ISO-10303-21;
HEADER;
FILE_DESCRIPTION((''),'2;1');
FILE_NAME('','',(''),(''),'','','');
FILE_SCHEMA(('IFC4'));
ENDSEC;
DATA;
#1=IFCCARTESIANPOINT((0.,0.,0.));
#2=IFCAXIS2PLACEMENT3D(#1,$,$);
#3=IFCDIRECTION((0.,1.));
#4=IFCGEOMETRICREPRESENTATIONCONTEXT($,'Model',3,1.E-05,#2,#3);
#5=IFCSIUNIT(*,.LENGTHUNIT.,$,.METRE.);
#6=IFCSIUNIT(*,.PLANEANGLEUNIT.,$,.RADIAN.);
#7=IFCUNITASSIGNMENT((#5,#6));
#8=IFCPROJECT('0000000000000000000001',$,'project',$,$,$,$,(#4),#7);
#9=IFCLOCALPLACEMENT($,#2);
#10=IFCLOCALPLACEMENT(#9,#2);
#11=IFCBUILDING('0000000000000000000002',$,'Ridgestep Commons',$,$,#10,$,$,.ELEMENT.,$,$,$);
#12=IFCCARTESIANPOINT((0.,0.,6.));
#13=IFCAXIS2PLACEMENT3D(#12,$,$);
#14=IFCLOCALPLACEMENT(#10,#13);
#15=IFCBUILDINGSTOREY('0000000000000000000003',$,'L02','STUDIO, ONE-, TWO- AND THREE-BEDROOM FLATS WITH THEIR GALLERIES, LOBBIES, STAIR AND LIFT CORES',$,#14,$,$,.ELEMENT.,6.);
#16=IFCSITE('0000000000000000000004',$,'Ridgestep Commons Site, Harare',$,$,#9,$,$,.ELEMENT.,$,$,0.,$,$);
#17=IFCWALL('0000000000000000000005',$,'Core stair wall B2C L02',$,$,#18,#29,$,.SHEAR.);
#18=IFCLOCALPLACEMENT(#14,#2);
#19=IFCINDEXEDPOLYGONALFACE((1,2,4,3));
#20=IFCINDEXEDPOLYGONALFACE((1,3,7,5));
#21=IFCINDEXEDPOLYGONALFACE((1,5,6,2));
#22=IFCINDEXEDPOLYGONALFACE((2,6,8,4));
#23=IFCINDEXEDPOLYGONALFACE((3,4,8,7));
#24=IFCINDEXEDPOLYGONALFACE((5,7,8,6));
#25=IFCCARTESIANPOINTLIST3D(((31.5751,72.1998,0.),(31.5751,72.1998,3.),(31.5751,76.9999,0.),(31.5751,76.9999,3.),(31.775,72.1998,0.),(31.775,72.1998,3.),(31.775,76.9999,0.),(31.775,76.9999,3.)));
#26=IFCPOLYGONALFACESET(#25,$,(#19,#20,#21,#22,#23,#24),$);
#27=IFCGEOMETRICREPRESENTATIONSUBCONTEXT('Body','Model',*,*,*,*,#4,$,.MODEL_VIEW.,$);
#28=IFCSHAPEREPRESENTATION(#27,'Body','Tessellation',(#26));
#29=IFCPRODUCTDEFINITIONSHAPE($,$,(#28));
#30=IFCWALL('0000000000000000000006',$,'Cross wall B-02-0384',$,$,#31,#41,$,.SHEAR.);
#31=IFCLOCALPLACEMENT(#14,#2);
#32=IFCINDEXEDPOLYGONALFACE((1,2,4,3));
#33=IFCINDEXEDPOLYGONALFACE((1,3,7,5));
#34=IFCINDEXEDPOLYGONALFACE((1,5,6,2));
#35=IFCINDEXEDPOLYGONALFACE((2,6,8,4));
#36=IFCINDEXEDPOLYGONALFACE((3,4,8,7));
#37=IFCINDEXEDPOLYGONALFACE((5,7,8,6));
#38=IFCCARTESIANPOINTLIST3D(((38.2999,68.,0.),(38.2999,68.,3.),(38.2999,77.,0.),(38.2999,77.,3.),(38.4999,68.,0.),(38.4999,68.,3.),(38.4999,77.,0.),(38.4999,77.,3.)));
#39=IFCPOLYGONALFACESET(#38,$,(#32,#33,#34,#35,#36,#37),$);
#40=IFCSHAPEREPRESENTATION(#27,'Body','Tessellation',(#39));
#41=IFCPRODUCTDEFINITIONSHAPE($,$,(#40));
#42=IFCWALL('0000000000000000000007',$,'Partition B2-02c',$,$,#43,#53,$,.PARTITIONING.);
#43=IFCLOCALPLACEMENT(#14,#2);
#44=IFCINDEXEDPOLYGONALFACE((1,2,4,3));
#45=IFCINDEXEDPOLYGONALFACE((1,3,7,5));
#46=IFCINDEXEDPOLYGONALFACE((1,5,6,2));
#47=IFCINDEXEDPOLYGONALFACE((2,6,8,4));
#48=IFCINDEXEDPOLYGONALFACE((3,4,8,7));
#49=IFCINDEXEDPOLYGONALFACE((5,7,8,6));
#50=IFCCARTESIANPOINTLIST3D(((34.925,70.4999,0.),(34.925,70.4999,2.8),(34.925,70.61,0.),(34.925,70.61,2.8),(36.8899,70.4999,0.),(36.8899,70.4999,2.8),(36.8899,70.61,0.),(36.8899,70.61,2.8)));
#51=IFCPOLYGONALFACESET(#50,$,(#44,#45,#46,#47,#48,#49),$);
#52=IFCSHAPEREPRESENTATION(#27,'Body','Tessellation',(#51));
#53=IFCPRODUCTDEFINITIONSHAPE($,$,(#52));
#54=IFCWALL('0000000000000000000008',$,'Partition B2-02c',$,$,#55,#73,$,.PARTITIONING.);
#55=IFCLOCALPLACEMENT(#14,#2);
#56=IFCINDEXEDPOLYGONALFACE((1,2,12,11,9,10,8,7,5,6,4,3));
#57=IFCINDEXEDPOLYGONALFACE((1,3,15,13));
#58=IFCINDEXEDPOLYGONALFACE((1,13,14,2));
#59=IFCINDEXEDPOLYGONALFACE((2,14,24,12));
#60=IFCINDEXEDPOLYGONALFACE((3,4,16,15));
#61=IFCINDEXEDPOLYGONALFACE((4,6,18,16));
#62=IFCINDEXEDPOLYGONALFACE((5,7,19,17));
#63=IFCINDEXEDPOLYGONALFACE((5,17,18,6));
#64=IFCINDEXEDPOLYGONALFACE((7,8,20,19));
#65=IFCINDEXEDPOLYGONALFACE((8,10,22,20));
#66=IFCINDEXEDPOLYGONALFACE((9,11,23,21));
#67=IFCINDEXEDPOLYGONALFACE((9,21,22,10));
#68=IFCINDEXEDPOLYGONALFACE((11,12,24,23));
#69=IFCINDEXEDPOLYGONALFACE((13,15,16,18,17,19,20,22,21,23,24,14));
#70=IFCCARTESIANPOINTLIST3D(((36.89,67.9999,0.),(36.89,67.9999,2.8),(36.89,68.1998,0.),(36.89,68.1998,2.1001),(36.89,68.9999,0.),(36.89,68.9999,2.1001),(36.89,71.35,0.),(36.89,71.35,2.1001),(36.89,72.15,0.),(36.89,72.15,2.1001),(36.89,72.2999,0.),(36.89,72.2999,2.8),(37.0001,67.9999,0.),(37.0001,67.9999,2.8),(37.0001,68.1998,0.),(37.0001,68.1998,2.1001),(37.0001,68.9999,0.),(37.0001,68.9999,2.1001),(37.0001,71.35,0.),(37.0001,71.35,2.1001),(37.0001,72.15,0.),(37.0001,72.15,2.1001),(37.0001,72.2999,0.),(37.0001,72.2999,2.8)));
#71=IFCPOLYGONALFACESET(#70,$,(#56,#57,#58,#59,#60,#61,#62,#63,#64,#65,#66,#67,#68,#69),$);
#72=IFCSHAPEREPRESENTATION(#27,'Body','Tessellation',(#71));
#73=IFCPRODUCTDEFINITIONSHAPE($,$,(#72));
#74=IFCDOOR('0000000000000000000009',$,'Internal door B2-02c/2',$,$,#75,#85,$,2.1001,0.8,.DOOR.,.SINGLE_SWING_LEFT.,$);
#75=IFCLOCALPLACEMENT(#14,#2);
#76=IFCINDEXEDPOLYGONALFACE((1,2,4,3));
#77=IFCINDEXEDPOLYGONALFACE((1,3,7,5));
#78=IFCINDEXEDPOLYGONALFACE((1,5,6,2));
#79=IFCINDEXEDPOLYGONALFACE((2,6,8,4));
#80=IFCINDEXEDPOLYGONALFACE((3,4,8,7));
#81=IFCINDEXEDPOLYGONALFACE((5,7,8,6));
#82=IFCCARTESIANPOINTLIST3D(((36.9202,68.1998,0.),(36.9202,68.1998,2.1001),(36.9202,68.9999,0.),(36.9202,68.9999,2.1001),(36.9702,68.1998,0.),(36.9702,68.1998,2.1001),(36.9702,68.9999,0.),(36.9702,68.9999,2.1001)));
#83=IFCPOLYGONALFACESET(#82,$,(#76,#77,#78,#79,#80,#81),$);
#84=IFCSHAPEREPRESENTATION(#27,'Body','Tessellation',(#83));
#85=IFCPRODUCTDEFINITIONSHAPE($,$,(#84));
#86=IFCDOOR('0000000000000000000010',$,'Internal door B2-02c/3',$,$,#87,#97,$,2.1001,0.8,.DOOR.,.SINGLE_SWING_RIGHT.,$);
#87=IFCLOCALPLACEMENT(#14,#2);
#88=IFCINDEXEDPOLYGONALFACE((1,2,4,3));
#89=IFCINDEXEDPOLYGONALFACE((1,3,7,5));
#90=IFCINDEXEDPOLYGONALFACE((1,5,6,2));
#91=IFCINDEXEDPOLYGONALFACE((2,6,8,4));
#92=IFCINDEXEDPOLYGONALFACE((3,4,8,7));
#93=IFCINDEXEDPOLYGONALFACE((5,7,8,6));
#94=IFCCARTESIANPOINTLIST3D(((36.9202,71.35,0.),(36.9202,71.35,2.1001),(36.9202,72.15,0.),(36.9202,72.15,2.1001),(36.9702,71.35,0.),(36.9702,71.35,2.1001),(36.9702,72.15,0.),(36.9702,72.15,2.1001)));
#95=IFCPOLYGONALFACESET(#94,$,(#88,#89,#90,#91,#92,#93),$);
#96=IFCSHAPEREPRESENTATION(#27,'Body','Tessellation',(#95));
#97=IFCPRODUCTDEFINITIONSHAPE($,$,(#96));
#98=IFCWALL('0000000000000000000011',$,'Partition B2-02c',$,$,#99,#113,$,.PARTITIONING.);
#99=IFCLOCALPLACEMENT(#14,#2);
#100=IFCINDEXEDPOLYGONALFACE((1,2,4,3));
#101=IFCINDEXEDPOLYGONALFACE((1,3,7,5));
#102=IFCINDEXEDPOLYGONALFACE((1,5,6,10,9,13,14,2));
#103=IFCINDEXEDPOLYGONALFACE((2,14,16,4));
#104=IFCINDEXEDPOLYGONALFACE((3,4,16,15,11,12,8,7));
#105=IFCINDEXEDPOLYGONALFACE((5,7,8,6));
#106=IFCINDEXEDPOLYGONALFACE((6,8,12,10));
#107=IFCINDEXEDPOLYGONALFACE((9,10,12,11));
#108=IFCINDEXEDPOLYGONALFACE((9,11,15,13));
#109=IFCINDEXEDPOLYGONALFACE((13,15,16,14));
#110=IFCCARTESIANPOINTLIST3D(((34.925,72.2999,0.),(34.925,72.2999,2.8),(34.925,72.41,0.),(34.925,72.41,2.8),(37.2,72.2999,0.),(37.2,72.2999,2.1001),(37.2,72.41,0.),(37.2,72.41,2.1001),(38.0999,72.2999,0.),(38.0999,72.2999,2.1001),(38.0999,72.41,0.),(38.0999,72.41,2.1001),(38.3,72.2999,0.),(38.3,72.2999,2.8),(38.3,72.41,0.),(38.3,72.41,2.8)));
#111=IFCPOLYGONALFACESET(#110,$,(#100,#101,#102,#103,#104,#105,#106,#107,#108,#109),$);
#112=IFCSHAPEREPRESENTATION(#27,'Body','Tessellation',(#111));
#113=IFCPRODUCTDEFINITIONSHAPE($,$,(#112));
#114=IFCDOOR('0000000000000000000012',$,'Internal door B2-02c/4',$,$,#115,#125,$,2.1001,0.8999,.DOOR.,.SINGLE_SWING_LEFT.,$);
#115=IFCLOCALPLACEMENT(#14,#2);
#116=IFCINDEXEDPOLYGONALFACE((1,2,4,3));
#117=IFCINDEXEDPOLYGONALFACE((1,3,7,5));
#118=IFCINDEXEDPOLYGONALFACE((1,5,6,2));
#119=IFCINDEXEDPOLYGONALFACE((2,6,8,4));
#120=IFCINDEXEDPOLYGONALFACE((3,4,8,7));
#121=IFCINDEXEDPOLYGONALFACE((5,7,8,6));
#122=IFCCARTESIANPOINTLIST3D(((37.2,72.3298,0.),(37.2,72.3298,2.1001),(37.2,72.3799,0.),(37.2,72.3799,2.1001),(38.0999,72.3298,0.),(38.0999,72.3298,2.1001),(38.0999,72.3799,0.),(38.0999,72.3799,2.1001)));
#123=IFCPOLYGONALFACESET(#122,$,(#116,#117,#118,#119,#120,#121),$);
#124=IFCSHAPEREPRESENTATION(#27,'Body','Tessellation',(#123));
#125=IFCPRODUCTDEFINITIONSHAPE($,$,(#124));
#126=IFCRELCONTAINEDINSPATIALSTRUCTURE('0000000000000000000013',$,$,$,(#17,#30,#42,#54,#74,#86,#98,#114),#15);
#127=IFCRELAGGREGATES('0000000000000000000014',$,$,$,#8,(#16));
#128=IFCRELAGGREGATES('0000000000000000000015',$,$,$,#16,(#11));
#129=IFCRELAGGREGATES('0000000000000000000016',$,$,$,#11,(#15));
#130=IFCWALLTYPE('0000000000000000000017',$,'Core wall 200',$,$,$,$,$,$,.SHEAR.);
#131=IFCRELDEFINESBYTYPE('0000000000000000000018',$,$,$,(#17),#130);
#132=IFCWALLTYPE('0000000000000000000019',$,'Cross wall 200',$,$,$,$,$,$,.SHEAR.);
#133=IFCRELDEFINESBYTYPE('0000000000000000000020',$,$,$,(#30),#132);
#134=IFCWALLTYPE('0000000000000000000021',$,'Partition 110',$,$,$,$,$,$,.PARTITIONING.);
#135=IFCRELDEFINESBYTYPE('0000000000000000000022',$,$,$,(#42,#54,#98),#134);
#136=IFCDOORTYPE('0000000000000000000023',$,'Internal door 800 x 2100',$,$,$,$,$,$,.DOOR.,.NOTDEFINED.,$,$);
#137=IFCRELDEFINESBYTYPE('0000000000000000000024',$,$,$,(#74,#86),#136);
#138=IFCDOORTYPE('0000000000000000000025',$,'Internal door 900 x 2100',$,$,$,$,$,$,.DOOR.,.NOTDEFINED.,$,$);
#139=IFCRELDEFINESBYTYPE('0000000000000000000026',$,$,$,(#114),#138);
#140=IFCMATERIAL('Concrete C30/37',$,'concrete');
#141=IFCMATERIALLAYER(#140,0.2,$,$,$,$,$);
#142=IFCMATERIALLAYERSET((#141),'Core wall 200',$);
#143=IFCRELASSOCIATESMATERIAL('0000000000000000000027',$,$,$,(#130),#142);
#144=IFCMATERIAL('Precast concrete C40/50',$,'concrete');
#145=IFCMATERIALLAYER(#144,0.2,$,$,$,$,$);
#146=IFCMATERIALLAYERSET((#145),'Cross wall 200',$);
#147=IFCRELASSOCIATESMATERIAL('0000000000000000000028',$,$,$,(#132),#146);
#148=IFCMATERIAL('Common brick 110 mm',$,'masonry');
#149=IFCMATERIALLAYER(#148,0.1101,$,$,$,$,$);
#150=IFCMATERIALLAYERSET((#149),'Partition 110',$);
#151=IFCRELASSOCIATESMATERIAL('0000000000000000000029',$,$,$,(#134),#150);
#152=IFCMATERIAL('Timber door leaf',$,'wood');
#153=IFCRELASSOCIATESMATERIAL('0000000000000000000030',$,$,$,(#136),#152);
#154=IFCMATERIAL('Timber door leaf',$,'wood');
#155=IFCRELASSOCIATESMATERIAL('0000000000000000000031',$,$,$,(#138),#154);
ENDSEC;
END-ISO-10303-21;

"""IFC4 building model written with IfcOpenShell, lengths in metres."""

from ifc_helpers import new_model, si_unit, direction, frame, frame_2d, origin, place, context, subcontext, project, spatial, rectangle, extrude, material, layer, layer_set, type_object, element, fill, save


model = new_model("IFC4")

# Units and contexts
model_context = context("Model", 3, precision=1e-05, world=origin(), true_north=direction((0.0, 1.0)))
body_context = subcontext(model_context, "Body", "Model", "MODEL_VIEW")
ifc_project = project(units=[si_unit("LENGTHUNIT", "METRE"), si_unit("PLANEANGLEUNIT", "RADIAN")], contexts=[model_context])

# Site, building, storey
site_placement = place(None, origin())
site = spatial("IfcSite", under=ifc_project, at=site_placement, Name="Ridgestep Commons Site, Harare", CompositionType="ELEMENT", RefElevation=0.0)
building_placement = place(site_placement, origin())
building = spatial("IfcBuilding", under=site, at=building_placement, Name="Ridgestep Commons", CompositionType="ELEMENT")
storey_placement = place(building_placement, frame((0.0, 0.0, 6.0)))
storey = spatial("IfcBuildingStorey", under=building, at=storey_placement, Name="L02", Description="STUDIO, ONE-, TWO- AND THREE-BEDROOM FLATS WITH THEIR GALLERIES, LOBBIES, STAIR AND LIFT CORES", CompositionType="ELEMENT", Elevation=6.0)

# Shared definitions
ifc_material_1 = material(Name="Concrete C30/37", Category="concrete")
ifc_layer_1 = layer(ifc_material_1, 0.2)
ifc_layer_set_1 = layer_set([ifc_layer_1], Name="Core wall 200")
wall_type_1 = type_object("IfcWallType", Name="Core wall 200", PredefinedType="SHEAR", material=ifc_layer_set_1)

# Walls
wall_1_placement = place(storey_placement, frame((31.675, 72.2, 0.0), z_axis=(0.0, 0.0, 1.0), x_axis=(0.0, 1.0, 0.0)))
element("IfcWall", 1, at=wall_1_placement, inside=storey, type_object=wall_type_1, Name="Core stair wall B2C L02", PredefinedType="SHEAR", context=body_context, shape_type="SweptSolid", body=[
    extrude(rectangle(XDim=4.8, YDim=0.2, at=frame_2d((2.3999, 0.0))), origin(), (0.0, 0.0, 1.0), 3.0),
])
ifc_material_2 = material(Name="Precast concrete C40/50", Category="concrete")
ifc_layer_2 = layer(ifc_material_2, 0.2)
ifc_layer_set_2 = layer_set([ifc_layer_2], Name="Cross wall 200")
wall_type_2 = type_object("IfcWallType", Name="Cross wall 200", PredefinedType="SHEAR", material=ifc_layer_set_2)
wall_2_placement = place(storey_placement, frame((38.3999, 68.0, 0.0), z_axis=(0.0, 0.0, 1.0), x_axis=(0.0, 1.0, 0.0)))
element("IfcWall", 2, at=wall_2_placement, inside=storey, type_object=wall_type_2, Name="Cross wall B-02-0384", PredefinedType="SHEAR", context=body_context, shape_type="SweptSolid", body=[
    extrude(rectangle(XDim=9.0, YDim=0.2, at=frame_2d((4.5, 0.0))), origin(), (0.0, 0.0, 1.0), 3.0),
])
ifc_material_3 = material(Name="Common brick 110 mm", Category="masonry")
ifc_layer_3 = layer(ifc_material_3, 0.1101)
ifc_layer_set_3 = layer_set([ifc_layer_3], Name="Partition 110")
wall_type_3 = type_object("IfcWallType", Name="Partition 110", PredefinedType="PARTITIONING", material=ifc_layer_set_3)
wall_3_placement = place(storey_placement, frame((34.925, 70.5549, 0.0), z_axis=(0.0, 0.0, 1.0), x_axis=(1.0, 0.0, 0.0)))
element("IfcWall", 3, at=wall_3_placement, inside=storey, type_object=wall_type_3, Name="Partition B2-02c", PredefinedType="PARTITIONING", context=body_context, shape_type="SweptSolid", body=[
    extrude(rectangle(XDim=1.9648, YDim=0.1101, at=frame_2d((0.9824, 0.0))), origin(), (0.0, 0.0, 1.0), 2.8),
])

# Wall, openings, doors
wall_4_placement = place(storey_placement, frame((36.9451, 68.0, 0.0), z_axis=(0.0, 0.0, 1.0), x_axis=(0.0, 1.0, 0.0)))
wall_4 = element("IfcWall", 4, at=wall_4_placement, inside=storey, type_object=wall_type_3, Name="Partition B2-02c", PredefinedType="PARTITIONING", context=body_context, shape_type="SweptSolid", body=[
    extrude(rectangle(XDim=4.3, YDim=0.1101, at=frame_2d((2.1499, 0.0))), origin(), (0.0, 0.0, 1.0), 2.8),
])
opening_1_placement = place(wall_4_placement, frame((0.2, 0.0, 0.0)))
opening_1 = element("IfcOpeningElement", 5, at=opening_1_placement, cuts=wall_4, PredefinedType="OPENING", context=body_context, shape_type="SweptSolid", body=[
    extrude(rectangle(XDim=0.8, YDim=2.1001, at=frame_2d((0.3999, 1.05))), frame((0.0, 0.0649, 0.0), z_axis=(0.0, -1.0, 0.0), x_axis=(1.0, 0.0, 0.0)), (0.0, 0.0, 1.0), 0.1301),
])
opening_2_placement = place(wall_4_placement, frame((3.3501, 0.0, 0.0)))
opening_2 = element("IfcOpeningElement", 6, at=opening_2_placement, cuts=wall_4, PredefinedType="OPENING", context=body_context, shape_type="SweptSolid", body=[
    extrude(rectangle(XDim=0.8, YDim=2.1001, at=frame_2d((0.3999, 1.05))), frame((0.0, 0.0649, 0.0), z_axis=(0.0, -1.0, 0.0), x_axis=(1.0, 0.0, 0.0)), (0.0, 0.0, 1.0), 0.1301),
])
ifc_material_4 = material(Name="Timber door leaf", Category="wood")
door_type_1 = type_object("IfcDoorType", Name="Internal door 800 x 2100", OperationType="NOTDEFINED", PredefinedType="DOOR", material=ifc_material_4)
door_1_placement = place(opening_1_placement, origin())
door_1 = element("IfcDoor", 7, at=door_1_placement, inside=storey, type_object=door_type_1, Name="Internal door B2-02c/2", OperationType="SINGLE_SWING_LEFT", OverallHeight=2.1001, OverallWidth=0.8, PredefinedType="DOOR", context=body_context, shape_type="SweptSolid", body=[
    extrude(rectangle(XDim=0.8, YDim=2.1001, at=frame_2d((0.3999, 1.05))), frame((0.0, 0.0249, 0.0), z_axis=(0.0, -1.0, 0.0), x_axis=(1.0, 0.0, 0.0)), (0.0, 0.0, 1.0), 0.05),
])
fill(opening_1, door_1)
door_2_placement = place(opening_2_placement, origin())
door_2 = element("IfcDoor", 8, at=door_2_placement, inside=storey, type_object=door_type_1, Name="Internal door B2-02c/3", OperationType="SINGLE_SWING_RIGHT", OverallHeight=2.1001, OverallWidth=0.8, PredefinedType="DOOR", context=body_context, shape_type="SweptSolid", body=[
    extrude(rectangle(XDim=0.8, YDim=2.1001, at=frame_2d((0.3999, 1.05))), frame((0.0, 0.0249, 0.0), z_axis=(0.0, -1.0, 0.0), x_axis=(1.0, 0.0, 0.0)), (0.0, 0.0, 1.0), 0.05),
])
fill(opening_2, door_2)

# Wall, opening, door
wall_5_placement = place(storey_placement, frame((34.925, 72.355, 0.0), z_axis=(0.0, 0.0, 1.0), x_axis=(1.0, 0.0, 0.0)))
wall_5 = element("IfcWall", 9, at=wall_5_placement, inside=storey, type_object=wall_type_3, Name="Partition B2-02c", PredefinedType="PARTITIONING", context=body_context, shape_type="SweptSolid", body=[
    extrude(rectangle(XDim=3.375, YDim=0.1101, at=frame_2d((1.6875, 0.0))), origin(), (0.0, 0.0, 1.0), 2.8),
])
opening_3_placement = place(wall_5_placement, frame((2.2749, 0.0, 0.0)))
opening_3 = element("IfcOpeningElement", 10, at=opening_3_placement, cuts=wall_5, PredefinedType="OPENING", context=body_context, shape_type="SweptSolid", body=[
    extrude(rectangle(XDim=0.8999, YDim=2.1001, at=frame_2d((0.45, 1.05))), frame((0.0, 0.0649, 0.0), z_axis=(0.0, -1.0, 0.0), x_axis=(1.0, 0.0, 0.0)), (0.0, 0.0, 1.0), 0.1301),
])
ifc_material_5 = material(Name="Timber door leaf", Category="wood")
door_type_2 = type_object("IfcDoorType", Name="Internal door 900 x 2100", OperationType="NOTDEFINED", PredefinedType="DOOR", material=ifc_material_5)
door_3_placement = place(opening_3_placement, origin())
door_3 = element("IfcDoor", 11, at=door_3_placement, inside=storey, type_object=door_type_2, Name="Internal door B2-02c/4", OperationType="SINGLE_SWING_LEFT", OverallHeight=2.1001, OverallWidth=0.8999, PredefinedType="DOOR", context=body_context, shape_type="SweptSolid", body=[
    extrude(rectangle(XDim=0.8999, YDim=2.1001, at=frame_2d((0.45, 1.05))), frame((0.0, 0.0249, 0.0), z_axis=(0.0, -1.0, 0.0), x_axis=(1.0, 0.0, 0.0)), (0.0, 0.0, 1.0), 0.05),
])
fill(opening_3, door_3)

save(model, "model.ifc")
